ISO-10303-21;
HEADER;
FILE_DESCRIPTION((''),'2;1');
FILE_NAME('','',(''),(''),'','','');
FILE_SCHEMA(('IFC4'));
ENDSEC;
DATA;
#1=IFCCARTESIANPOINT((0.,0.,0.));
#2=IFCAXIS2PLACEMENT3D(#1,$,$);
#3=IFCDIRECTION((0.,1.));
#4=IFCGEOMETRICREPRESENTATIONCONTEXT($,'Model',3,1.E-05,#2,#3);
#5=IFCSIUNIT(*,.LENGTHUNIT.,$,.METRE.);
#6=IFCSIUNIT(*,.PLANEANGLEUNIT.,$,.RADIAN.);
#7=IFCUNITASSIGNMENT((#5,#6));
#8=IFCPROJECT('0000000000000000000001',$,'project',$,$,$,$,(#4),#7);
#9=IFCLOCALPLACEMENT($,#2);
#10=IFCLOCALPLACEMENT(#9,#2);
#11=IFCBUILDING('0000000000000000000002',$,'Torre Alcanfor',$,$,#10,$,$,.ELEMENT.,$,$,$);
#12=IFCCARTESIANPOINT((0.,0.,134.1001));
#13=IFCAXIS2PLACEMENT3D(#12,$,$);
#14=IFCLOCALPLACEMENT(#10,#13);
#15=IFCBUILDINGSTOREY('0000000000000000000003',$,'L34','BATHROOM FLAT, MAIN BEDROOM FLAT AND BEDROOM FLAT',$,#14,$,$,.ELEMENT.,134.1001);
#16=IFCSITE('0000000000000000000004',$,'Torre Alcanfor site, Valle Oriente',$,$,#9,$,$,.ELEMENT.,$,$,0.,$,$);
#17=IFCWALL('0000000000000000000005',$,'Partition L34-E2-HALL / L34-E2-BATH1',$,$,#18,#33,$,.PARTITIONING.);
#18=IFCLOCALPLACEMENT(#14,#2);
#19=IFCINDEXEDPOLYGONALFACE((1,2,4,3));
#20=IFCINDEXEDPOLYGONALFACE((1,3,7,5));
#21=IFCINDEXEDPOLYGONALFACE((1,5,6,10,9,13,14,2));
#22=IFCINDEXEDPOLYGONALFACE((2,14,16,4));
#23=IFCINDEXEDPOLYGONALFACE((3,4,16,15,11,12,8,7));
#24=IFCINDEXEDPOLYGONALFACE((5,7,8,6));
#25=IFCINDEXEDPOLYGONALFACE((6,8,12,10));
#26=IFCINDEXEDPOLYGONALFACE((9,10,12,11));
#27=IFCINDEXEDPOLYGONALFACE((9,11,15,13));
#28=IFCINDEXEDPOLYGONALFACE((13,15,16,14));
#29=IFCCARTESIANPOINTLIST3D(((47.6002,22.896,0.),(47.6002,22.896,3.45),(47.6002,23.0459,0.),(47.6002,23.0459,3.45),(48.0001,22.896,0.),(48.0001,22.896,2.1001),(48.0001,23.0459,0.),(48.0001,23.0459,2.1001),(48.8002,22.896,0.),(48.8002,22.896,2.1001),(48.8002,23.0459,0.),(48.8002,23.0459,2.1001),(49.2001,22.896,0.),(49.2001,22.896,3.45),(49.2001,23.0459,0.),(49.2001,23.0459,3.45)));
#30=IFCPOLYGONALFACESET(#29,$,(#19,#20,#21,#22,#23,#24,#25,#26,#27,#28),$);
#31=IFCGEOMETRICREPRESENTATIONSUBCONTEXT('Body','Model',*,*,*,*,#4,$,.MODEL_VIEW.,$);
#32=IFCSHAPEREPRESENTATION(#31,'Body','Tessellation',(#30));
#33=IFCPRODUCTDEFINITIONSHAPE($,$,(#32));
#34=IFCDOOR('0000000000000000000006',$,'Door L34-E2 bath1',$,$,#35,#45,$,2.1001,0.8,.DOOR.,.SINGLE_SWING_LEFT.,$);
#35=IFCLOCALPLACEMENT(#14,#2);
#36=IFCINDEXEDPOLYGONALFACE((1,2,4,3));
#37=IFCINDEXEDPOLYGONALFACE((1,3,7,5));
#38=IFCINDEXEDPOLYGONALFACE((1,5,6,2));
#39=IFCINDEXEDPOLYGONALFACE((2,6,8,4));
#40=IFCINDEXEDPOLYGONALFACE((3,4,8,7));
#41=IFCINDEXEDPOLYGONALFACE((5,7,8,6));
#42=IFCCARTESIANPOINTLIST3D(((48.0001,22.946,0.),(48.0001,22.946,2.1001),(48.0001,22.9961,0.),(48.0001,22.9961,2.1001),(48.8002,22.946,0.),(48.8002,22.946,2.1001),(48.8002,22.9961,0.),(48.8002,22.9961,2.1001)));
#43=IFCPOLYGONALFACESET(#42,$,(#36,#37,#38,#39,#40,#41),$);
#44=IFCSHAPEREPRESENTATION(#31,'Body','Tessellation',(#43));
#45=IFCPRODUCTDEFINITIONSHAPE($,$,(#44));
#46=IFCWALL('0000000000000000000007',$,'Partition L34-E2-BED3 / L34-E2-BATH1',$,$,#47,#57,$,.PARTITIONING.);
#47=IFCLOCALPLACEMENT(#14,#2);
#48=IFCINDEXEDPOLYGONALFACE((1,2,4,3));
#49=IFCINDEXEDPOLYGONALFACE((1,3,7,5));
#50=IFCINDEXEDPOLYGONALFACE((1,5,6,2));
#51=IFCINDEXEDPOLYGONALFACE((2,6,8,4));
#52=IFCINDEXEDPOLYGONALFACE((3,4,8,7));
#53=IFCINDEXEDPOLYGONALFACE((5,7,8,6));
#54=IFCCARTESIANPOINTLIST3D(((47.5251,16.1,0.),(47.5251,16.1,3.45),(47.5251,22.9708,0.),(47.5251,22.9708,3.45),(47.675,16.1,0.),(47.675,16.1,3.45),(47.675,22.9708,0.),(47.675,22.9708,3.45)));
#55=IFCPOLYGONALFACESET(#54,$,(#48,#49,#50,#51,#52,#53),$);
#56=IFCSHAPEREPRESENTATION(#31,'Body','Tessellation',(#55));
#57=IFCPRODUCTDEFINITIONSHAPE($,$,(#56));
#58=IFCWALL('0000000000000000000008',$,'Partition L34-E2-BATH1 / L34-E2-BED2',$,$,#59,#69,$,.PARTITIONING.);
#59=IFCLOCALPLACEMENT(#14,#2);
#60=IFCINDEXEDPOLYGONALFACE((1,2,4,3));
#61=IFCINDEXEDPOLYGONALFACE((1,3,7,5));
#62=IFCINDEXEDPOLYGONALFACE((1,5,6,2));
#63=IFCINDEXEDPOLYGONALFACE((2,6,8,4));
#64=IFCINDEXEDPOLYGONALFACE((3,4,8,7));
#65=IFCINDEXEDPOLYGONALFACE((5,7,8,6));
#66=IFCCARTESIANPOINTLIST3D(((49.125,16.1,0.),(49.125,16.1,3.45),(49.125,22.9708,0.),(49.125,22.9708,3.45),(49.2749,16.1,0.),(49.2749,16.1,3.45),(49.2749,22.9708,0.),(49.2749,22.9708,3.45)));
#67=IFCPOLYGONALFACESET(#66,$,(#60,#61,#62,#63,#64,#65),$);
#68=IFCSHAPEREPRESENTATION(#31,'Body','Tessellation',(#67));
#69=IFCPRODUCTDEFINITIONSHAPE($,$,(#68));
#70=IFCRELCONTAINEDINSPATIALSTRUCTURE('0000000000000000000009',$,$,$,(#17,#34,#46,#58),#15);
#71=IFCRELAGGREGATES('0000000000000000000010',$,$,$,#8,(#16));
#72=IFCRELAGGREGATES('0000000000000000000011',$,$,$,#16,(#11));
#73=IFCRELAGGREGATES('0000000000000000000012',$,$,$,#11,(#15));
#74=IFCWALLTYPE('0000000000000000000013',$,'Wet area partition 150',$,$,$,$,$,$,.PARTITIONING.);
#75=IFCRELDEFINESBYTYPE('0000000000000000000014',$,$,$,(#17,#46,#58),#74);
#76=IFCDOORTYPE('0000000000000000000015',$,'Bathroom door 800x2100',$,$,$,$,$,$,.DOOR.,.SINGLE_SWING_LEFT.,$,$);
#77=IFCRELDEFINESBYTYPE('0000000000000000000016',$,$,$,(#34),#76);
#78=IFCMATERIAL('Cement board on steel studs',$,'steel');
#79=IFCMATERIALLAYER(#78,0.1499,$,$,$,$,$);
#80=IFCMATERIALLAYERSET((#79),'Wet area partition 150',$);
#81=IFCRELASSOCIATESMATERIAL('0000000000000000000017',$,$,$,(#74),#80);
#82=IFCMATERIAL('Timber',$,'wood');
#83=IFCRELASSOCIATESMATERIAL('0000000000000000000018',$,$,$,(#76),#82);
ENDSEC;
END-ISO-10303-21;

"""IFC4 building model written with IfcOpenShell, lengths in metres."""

from ifc_helpers import new_model, si_unit, direction, frame, frame_2d, origin, place, context, subcontext, project, spatial, rectangle, extrude, material, layer, layer_set, type_object, element, fill, save


model = new_model("IFC4")

# Units and contexts
model_context = context("Model", 3, precision=1e-05, world=origin(), true_north=direction((0.0, 1.0)))
body_context = subcontext(model_context, "Body", "Model", "MODEL_VIEW")
ifc_project = project(units=[si_unit("LENGTHUNIT", "METRE"), si_unit("PLANEANGLEUNIT", "RADIAN")], contexts=[model_context])

# Site, building, storey
site_placement = place(None, origin())
site = spatial("IfcSite", under=ifc_project, at=site_placement, Name="Torre Alcanfor site, Valle Oriente", CompositionType="ELEMENT", RefElevation=0.0)
building_placement = place(site_placement, origin())
building = spatial("IfcBuilding", under=site, at=building_placement, Name="Torre Alcanfor", CompositionType="ELEMENT")
storey_placement = place(building_placement, frame((0.0, 0.0, 134.1001)))
storey = spatial("IfcBuildingStorey", under=building, at=storey_placement, Name="L34", Description="BATHROOM FLAT, MAIN BEDROOM FLAT AND BEDROOM FLAT", CompositionType="ELEMENT", Elevation=134.1001)

# Wall, opening, door
ifc_material_1 = material(Name="Cement board on steel studs", Category="steel")
ifc_layer_1 = layer(ifc_material_1, 0.1499)
ifc_layer_set_1 = layer_set([ifc_layer_1], Name="Wet area partition 150")
wall_type_1 = type_object("IfcWallType", Name="Wet area partition 150", PredefinedType="PARTITIONING", material=ifc_layer_set_1)
wall_1_placement = place(storey_placement, frame((49.2, 22.9709, 0.0), z_axis=(0.0, 0.0, 1.0), x_axis=(-1.0, 0.0, 0.0)))
wall_1 = element("IfcWall", 1, at=wall_1_placement, inside=storey, type_object=wall_type_1, Name="Partition L34-E2-HALL / L34-E2-BATH1", PredefinedType="PARTITIONING", context=body_context, shape_type="SweptSolid", body=[
    extrude(rectangle(XDim=1.5999, YDim=0.1499, at=frame_2d((0.7998, 0.0))), origin(), (0.0, 0.0, 1.0), 3.45),
])
opening_1_placement = place(wall_1_placement, frame((0.3999, 0.0, 0.0)))
opening_1 = element("IfcOpeningElement", 2, at=opening_1_placement, cuts=wall_1, PredefinedType="OPENING", context=body_context, shape_type="SweptSolid", body=[
    extrude(rectangle(XDim=0.8, YDim=2.1001, at=frame_2d((0.3999, 1.05))), frame((0.0, 0.085, 0.0), z_axis=(0.0, -1.0, 0.0), x_axis=(1.0, 0.0, 0.0)), (0.0, 0.0, 1.0), 0.1699),
])
ifc_material_2 = material(Name="Timber", Category="wood")
door_type_1 = type_object("IfcDoorType", Name="Bathroom door 800x2100", OperationType="SINGLE_SWING_LEFT", PredefinedType="DOOR", material=ifc_material_2)
door_1_placement = place(opening_1_placement, origin())
door_1 = element("IfcDoor", 3, at=door_1_placement, inside=storey, type_object=door_type_1, Name="Door L34-E2 bath1", OperationType="SINGLE_SWING_LEFT", OverallHeight=2.1001, OverallWidth=0.8, PredefinedType="DOOR", context=body_context, shape_type="SweptSolid", body=[
    extrude(rectangle(XDim=0.8, YDim=2.1001, at=frame_2d((0.3999, 1.05))), frame((0.0, 0.0249, 0.0), z_axis=(0.0, -1.0, 0.0), x_axis=(1.0, 0.0, 0.0)), (0.0, 0.0, 1.0), 0.05),
])
fill(opening_1, door_1)

# Walls
for number, where, z_axis, x_axis, name in (
    (4, (47.6001, 22.9709, 0.0), (0.0, 0.0, 1.0), (0.0, -1.0, 0.0), "Partition L34-E2-BED3 / L34-E2-BATH1"),
    (5, (49.2, 22.9709, 0.0), (0.0, 0.0, 1.0), (0.0, -1.0, 0.0), "Partition L34-E2-BATH1 / L34-E2-BED2"),
):
    element("IfcWall", number, at=place(storey_placement, frame(where, z_axis=z_axis, x_axis=x_axis)), inside=storey, type_object=wall_type_1, Name=name, PredefinedType="PARTITIONING", context=body_context, shape_type="SweptSolid", body=[
        extrude(rectangle(XDim=6.8708, YDim=0.1499, at=frame_2d((3.4355, 0.0))), origin(), (0.0, 0.0, 1.0), 3.45),
    ])

save(model, "model.ifc")
